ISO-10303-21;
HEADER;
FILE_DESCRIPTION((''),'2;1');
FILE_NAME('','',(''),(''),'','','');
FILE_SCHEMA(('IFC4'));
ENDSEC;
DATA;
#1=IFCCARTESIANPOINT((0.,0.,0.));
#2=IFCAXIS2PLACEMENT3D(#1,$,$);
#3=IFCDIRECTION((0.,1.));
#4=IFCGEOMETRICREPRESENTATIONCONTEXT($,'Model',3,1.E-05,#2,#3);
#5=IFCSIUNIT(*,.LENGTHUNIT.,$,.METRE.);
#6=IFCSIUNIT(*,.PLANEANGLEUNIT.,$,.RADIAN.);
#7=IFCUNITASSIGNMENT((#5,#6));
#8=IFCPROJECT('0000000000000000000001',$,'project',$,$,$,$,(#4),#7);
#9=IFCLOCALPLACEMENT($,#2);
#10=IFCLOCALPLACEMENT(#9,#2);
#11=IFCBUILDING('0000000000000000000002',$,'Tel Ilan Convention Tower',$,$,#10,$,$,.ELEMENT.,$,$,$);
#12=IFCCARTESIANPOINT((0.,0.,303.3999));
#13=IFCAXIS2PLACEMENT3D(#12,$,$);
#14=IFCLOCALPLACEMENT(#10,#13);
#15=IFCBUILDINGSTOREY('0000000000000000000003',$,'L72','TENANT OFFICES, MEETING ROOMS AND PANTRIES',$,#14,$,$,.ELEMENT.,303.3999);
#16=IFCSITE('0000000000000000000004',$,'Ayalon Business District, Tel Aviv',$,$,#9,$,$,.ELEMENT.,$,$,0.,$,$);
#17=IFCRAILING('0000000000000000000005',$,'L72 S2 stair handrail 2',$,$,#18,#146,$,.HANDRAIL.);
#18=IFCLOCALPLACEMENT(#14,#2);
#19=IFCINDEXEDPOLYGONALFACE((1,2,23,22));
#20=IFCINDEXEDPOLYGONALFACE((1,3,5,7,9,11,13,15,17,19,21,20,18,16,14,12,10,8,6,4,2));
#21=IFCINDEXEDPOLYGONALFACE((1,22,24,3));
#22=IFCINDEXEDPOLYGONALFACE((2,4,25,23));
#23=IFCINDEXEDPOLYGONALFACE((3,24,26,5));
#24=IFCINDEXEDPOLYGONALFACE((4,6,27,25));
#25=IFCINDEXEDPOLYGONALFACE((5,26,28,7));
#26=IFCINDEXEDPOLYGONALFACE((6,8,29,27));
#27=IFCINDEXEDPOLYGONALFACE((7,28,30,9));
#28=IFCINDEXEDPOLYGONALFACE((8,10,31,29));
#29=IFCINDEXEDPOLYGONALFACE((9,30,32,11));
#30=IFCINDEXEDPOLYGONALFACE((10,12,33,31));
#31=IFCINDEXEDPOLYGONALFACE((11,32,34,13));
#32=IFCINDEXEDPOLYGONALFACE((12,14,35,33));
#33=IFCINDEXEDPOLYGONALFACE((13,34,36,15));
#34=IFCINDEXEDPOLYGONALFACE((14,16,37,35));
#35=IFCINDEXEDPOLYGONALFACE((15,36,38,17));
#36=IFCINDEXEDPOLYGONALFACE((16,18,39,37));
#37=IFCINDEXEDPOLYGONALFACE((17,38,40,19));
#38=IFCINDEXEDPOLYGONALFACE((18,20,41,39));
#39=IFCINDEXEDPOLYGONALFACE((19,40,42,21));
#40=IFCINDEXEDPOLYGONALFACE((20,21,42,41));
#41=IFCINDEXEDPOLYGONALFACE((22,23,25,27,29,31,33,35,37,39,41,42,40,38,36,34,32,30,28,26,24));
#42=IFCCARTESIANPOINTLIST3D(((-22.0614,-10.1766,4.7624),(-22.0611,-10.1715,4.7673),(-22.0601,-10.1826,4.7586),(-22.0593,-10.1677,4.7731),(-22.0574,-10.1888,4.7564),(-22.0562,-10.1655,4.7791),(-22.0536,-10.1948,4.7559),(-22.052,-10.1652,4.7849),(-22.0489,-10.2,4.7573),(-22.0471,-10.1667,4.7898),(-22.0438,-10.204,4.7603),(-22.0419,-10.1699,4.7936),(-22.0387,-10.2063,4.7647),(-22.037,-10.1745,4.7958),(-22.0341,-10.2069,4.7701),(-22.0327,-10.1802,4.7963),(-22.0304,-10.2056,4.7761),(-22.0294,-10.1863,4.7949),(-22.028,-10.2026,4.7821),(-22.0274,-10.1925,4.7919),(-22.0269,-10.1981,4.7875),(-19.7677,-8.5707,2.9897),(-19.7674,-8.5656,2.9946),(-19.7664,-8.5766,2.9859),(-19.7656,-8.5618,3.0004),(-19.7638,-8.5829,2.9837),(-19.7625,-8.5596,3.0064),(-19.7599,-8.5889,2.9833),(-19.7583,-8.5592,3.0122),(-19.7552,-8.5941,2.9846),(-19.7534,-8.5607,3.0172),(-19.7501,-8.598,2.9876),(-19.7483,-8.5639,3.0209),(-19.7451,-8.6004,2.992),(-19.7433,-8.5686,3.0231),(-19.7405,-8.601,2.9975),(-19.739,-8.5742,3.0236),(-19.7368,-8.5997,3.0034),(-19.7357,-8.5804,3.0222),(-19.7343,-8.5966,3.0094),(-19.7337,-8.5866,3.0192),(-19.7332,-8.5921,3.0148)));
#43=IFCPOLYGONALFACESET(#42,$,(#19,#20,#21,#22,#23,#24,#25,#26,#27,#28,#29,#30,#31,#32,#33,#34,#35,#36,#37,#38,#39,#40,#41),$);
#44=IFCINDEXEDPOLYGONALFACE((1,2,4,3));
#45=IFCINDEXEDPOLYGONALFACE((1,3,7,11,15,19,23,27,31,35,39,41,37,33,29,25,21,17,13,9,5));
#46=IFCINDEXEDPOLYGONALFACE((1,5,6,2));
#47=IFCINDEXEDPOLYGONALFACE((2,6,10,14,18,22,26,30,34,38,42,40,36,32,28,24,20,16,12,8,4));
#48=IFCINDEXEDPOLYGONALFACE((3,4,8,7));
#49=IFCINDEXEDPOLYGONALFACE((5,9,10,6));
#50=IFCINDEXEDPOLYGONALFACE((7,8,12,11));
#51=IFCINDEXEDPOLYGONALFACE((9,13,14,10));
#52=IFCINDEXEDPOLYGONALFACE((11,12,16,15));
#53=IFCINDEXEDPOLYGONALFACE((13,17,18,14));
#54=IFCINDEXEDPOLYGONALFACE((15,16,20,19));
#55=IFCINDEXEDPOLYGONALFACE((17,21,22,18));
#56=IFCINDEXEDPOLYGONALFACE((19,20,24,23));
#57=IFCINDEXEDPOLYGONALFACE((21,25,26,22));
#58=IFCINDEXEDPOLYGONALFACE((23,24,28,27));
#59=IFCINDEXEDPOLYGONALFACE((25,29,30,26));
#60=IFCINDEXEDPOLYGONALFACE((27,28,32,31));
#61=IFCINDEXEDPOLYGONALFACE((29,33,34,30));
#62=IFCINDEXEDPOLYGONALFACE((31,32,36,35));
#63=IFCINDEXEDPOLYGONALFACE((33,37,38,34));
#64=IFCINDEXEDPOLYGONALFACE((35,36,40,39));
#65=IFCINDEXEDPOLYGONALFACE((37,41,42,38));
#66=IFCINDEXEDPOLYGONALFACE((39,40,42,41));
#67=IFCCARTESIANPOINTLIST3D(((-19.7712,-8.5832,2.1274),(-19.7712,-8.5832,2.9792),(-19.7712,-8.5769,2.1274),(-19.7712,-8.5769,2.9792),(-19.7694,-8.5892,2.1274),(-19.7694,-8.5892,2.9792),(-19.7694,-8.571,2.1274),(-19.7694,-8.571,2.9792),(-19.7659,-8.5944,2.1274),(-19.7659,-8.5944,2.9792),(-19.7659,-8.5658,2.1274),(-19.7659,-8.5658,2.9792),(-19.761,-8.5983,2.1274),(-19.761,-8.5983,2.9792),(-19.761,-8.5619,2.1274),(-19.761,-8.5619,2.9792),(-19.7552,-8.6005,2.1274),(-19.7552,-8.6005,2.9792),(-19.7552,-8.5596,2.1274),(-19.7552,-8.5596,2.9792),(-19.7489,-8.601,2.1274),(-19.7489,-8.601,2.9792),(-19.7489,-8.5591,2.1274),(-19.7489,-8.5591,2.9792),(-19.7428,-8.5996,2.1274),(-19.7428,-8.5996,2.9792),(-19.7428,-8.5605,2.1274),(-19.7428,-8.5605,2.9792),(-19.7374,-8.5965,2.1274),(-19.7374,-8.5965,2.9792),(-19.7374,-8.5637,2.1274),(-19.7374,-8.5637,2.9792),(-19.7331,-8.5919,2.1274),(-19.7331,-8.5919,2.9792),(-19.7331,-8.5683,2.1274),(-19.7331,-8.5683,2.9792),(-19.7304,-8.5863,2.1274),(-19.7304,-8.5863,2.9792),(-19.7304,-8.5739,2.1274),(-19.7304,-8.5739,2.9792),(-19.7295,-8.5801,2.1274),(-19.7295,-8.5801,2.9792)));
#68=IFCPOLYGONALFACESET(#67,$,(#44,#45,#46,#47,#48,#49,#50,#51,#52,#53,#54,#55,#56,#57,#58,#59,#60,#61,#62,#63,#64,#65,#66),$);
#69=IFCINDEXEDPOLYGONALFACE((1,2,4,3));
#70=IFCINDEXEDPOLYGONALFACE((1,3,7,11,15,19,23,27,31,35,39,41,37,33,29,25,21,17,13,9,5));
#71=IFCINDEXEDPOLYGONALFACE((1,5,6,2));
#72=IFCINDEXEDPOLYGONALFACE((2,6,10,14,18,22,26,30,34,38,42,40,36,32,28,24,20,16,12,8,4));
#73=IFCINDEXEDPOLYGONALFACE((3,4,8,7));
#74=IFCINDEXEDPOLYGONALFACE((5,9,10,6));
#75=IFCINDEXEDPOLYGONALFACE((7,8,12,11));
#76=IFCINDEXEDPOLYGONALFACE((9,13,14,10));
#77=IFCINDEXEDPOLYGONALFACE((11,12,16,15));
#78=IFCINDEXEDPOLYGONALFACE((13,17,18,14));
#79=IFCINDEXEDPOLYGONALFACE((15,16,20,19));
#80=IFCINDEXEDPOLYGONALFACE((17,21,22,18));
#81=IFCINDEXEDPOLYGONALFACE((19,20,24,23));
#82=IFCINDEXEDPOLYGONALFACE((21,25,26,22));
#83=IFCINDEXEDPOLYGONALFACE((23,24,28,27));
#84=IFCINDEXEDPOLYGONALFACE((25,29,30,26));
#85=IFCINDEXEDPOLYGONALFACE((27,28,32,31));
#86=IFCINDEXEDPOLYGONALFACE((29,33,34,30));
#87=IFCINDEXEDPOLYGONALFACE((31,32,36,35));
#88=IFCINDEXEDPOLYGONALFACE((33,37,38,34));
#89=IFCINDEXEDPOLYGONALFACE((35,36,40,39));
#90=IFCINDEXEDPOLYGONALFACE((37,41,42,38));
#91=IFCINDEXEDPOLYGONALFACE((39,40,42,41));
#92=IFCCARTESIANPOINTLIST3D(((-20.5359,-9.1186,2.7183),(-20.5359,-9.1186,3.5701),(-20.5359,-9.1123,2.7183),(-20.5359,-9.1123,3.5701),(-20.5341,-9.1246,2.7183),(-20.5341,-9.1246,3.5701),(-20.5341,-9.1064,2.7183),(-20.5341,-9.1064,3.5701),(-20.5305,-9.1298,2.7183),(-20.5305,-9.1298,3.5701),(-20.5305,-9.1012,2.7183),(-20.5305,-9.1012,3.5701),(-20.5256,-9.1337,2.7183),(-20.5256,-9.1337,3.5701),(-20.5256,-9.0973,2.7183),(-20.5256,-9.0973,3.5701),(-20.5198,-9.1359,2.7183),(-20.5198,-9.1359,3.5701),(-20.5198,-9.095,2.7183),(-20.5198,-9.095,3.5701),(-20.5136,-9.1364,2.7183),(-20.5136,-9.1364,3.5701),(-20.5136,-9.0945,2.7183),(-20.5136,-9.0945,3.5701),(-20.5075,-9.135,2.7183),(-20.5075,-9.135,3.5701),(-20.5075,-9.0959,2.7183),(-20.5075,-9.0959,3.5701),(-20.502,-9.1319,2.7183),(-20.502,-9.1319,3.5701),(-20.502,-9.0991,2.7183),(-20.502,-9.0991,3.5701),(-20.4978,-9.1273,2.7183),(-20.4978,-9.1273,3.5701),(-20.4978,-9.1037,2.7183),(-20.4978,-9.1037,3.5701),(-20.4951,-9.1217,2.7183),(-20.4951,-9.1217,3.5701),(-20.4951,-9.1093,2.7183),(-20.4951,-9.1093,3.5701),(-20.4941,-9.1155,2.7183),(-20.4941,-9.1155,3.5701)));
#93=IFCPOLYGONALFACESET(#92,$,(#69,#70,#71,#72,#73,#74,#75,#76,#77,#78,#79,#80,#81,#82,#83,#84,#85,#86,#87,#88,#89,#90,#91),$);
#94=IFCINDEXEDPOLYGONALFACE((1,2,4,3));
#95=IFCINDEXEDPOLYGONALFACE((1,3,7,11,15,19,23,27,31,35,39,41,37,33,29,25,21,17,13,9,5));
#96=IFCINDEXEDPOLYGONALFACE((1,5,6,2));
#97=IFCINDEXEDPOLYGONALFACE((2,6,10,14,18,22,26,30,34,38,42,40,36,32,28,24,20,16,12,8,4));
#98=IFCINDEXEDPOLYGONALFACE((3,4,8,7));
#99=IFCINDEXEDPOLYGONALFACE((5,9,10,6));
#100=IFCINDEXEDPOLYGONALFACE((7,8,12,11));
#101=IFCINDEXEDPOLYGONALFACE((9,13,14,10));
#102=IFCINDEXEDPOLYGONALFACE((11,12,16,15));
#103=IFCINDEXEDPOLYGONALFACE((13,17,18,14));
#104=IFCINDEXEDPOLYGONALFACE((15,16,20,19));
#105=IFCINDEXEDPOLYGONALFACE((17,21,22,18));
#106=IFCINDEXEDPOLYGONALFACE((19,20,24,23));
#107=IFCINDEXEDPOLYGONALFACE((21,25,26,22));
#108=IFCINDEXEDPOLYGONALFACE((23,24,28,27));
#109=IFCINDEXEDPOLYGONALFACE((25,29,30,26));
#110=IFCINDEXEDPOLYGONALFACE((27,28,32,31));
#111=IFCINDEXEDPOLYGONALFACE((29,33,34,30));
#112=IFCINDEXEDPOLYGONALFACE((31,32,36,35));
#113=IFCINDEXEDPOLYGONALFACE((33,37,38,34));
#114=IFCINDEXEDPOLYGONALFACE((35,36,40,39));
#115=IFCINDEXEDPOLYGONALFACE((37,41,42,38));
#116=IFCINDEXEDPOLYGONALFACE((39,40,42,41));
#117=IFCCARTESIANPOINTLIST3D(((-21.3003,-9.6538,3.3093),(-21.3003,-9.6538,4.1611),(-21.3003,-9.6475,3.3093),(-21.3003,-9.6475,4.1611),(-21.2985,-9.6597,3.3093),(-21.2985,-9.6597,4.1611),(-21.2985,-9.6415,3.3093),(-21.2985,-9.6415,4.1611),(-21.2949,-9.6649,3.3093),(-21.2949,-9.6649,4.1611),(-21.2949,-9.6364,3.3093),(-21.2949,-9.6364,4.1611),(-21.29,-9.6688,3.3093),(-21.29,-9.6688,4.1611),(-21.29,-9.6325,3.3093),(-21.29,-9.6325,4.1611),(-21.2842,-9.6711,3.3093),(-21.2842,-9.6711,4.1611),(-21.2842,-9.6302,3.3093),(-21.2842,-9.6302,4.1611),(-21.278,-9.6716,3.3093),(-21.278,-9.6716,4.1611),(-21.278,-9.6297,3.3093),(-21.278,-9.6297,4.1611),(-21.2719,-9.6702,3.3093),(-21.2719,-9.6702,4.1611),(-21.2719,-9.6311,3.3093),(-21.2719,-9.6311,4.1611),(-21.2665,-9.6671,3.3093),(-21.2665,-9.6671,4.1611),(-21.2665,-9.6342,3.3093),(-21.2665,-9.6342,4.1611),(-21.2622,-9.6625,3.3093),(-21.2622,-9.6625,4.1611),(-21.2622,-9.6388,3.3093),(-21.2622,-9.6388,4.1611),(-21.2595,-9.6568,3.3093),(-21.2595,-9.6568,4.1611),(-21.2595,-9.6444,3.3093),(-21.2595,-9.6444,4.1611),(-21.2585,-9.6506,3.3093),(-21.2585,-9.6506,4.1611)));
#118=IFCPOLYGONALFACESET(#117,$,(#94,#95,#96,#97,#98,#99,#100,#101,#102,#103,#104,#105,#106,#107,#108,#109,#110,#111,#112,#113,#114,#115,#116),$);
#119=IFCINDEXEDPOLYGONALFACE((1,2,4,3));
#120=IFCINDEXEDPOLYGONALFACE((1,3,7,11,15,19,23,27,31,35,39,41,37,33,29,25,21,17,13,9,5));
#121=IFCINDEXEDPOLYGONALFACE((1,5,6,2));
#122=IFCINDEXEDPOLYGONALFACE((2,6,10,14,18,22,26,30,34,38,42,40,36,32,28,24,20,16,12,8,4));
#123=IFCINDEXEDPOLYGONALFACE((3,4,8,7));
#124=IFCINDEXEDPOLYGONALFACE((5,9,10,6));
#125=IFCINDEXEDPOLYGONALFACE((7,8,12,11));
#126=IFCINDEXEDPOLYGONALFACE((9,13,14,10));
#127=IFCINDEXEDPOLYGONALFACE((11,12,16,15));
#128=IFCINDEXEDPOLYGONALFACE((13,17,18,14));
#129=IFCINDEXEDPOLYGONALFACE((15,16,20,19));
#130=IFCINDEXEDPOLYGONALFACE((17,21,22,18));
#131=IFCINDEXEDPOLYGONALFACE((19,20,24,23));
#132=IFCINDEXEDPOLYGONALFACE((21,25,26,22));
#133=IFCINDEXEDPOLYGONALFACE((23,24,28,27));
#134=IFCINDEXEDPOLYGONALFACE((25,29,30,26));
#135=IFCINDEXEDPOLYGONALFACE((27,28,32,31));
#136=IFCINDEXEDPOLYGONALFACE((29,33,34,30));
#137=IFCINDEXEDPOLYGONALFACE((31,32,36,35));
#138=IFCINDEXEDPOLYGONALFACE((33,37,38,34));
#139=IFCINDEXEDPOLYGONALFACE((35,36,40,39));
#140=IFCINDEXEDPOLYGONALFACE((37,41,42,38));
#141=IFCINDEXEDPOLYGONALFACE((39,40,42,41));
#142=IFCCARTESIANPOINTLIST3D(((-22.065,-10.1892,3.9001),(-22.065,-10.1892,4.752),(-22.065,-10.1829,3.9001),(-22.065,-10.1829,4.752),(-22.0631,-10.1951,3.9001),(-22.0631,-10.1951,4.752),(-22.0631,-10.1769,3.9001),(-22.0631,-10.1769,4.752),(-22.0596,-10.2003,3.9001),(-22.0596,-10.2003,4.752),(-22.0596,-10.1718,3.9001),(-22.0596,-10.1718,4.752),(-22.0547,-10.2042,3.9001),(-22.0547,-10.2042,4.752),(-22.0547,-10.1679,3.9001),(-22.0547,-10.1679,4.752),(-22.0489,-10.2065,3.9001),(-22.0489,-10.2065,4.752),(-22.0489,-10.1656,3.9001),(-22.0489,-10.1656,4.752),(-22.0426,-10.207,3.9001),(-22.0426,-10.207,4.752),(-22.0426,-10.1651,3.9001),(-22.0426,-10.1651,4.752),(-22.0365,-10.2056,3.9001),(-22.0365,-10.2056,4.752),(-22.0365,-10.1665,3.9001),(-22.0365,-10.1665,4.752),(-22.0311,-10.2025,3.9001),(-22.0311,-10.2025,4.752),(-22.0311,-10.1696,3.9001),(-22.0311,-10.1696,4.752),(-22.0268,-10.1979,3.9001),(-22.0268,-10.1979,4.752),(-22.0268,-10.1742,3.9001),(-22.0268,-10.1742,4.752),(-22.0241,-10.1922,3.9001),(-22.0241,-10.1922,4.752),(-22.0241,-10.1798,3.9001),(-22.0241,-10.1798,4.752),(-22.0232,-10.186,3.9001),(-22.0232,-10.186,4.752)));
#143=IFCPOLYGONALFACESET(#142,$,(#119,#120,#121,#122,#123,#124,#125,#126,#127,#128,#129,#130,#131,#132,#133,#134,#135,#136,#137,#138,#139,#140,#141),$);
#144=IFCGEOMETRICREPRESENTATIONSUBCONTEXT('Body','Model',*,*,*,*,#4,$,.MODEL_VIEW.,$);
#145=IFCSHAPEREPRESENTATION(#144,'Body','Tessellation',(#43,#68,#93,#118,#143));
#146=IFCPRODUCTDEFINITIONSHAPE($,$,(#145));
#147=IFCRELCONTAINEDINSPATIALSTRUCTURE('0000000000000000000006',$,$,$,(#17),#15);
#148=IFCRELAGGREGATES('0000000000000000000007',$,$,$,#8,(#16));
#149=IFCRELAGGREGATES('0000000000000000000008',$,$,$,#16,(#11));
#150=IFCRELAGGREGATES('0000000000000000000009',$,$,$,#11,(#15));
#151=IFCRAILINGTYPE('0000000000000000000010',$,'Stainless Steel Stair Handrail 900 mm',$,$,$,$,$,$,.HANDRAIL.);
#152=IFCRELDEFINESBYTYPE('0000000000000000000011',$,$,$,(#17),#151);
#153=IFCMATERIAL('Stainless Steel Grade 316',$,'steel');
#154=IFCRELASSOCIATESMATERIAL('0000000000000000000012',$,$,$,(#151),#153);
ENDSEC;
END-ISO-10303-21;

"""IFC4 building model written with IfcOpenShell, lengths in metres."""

from ifc_helpers import new_model, si_unit, direction, frame, origin, origin_2d, place, context, subcontext, project, spatial, circle, extrude, material, type_object, element, save


model = new_model("IFC4")

# Units and contexts
model_context = context("Model", 3, precision=1e-05, world=origin(), true_north=direction((0.0, 1.0)))
body_context = subcontext(model_context, "Body", "Model", "MODEL_VIEW")
ifc_project = project(units=[si_unit("LENGTHUNIT", "METRE"), si_unit("PLANEANGLEUNIT", "RADIAN")], contexts=[model_context])

# Site, building, storey
site_placement = place(None, origin())
site = spatial("IfcSite", under=ifc_project, at=site_placement, Name="Ayalon Business District, Tel Aviv", CompositionType="ELEMENT", RefElevation=0.0)
building_placement = place(site_placement, origin())
building = spatial("IfcBuilding", under=site, at=building_placement, Name="Tel Ilan Convention Tower", CompositionType="ELEMENT")
storey_placement = place(building_placement, frame((0.0, 0.0, 303.3999)))
storey = spatial("IfcBuildingStorey", under=building, at=storey_placement, Name="L72", Description="TENANT OFFICES, MEETING ROOMS AND PANTRIES", CompositionType="ELEMENT", Elevation=303.3999)

# Railing
ifc_material_1 = material(Name="Stainless Steel Grade 316", Category="steel")
railing_type_1 = type_object("IfcRailingType", Name="Stainless Steel Stair Handrail 900 mm", PredefinedType="HANDRAIL", material=ifc_material_1)
for number, where, name in (
    (1, (-19.7505, -8.5801, 2.1274), "L72 S2 stair handrail 2"),
):
    element("IfcRailing", number, at=place(storey_placement, frame(where)), inside=storey, type_object=railing_type_1, Name=name, PredefinedType="HANDRAIL", context=body_context, shape_type="SweptSolid", body=[
        extrude(circle(Radius=0.0239, at=origin_2d()), frame((0.0, 0.0, 0.876), z_axis=(-0.692123, -0.484597, 0.534913), x_axis=(0.57355, -0.81917, 0.0)), (0.0, 0.0, 1.0), 3.314),
        extrude(circle(Radius=0.021, at=origin_2d()), origin(), (0.0, 0.0, 1.0), 0.8518),
        extrude(circle(Radius=0.021, at=origin_2d()), frame((-0.7646, -0.5354, 0.5908)), (0.0, 0.0, 1.0), 0.8518),
        extrude(circle(Radius=0.021, at=origin_2d()), frame((-1.5291, -1.0706, 1.1819)), (0.0, 0.0, 1.0), 0.8518),
        extrude(circle(Radius=0.021, at=origin_2d()), frame((-2.2937, -1.606, 1.7727)), (0.0, 0.0, 1.0), 0.8518),
    ])

save(model, "model.ifc")
